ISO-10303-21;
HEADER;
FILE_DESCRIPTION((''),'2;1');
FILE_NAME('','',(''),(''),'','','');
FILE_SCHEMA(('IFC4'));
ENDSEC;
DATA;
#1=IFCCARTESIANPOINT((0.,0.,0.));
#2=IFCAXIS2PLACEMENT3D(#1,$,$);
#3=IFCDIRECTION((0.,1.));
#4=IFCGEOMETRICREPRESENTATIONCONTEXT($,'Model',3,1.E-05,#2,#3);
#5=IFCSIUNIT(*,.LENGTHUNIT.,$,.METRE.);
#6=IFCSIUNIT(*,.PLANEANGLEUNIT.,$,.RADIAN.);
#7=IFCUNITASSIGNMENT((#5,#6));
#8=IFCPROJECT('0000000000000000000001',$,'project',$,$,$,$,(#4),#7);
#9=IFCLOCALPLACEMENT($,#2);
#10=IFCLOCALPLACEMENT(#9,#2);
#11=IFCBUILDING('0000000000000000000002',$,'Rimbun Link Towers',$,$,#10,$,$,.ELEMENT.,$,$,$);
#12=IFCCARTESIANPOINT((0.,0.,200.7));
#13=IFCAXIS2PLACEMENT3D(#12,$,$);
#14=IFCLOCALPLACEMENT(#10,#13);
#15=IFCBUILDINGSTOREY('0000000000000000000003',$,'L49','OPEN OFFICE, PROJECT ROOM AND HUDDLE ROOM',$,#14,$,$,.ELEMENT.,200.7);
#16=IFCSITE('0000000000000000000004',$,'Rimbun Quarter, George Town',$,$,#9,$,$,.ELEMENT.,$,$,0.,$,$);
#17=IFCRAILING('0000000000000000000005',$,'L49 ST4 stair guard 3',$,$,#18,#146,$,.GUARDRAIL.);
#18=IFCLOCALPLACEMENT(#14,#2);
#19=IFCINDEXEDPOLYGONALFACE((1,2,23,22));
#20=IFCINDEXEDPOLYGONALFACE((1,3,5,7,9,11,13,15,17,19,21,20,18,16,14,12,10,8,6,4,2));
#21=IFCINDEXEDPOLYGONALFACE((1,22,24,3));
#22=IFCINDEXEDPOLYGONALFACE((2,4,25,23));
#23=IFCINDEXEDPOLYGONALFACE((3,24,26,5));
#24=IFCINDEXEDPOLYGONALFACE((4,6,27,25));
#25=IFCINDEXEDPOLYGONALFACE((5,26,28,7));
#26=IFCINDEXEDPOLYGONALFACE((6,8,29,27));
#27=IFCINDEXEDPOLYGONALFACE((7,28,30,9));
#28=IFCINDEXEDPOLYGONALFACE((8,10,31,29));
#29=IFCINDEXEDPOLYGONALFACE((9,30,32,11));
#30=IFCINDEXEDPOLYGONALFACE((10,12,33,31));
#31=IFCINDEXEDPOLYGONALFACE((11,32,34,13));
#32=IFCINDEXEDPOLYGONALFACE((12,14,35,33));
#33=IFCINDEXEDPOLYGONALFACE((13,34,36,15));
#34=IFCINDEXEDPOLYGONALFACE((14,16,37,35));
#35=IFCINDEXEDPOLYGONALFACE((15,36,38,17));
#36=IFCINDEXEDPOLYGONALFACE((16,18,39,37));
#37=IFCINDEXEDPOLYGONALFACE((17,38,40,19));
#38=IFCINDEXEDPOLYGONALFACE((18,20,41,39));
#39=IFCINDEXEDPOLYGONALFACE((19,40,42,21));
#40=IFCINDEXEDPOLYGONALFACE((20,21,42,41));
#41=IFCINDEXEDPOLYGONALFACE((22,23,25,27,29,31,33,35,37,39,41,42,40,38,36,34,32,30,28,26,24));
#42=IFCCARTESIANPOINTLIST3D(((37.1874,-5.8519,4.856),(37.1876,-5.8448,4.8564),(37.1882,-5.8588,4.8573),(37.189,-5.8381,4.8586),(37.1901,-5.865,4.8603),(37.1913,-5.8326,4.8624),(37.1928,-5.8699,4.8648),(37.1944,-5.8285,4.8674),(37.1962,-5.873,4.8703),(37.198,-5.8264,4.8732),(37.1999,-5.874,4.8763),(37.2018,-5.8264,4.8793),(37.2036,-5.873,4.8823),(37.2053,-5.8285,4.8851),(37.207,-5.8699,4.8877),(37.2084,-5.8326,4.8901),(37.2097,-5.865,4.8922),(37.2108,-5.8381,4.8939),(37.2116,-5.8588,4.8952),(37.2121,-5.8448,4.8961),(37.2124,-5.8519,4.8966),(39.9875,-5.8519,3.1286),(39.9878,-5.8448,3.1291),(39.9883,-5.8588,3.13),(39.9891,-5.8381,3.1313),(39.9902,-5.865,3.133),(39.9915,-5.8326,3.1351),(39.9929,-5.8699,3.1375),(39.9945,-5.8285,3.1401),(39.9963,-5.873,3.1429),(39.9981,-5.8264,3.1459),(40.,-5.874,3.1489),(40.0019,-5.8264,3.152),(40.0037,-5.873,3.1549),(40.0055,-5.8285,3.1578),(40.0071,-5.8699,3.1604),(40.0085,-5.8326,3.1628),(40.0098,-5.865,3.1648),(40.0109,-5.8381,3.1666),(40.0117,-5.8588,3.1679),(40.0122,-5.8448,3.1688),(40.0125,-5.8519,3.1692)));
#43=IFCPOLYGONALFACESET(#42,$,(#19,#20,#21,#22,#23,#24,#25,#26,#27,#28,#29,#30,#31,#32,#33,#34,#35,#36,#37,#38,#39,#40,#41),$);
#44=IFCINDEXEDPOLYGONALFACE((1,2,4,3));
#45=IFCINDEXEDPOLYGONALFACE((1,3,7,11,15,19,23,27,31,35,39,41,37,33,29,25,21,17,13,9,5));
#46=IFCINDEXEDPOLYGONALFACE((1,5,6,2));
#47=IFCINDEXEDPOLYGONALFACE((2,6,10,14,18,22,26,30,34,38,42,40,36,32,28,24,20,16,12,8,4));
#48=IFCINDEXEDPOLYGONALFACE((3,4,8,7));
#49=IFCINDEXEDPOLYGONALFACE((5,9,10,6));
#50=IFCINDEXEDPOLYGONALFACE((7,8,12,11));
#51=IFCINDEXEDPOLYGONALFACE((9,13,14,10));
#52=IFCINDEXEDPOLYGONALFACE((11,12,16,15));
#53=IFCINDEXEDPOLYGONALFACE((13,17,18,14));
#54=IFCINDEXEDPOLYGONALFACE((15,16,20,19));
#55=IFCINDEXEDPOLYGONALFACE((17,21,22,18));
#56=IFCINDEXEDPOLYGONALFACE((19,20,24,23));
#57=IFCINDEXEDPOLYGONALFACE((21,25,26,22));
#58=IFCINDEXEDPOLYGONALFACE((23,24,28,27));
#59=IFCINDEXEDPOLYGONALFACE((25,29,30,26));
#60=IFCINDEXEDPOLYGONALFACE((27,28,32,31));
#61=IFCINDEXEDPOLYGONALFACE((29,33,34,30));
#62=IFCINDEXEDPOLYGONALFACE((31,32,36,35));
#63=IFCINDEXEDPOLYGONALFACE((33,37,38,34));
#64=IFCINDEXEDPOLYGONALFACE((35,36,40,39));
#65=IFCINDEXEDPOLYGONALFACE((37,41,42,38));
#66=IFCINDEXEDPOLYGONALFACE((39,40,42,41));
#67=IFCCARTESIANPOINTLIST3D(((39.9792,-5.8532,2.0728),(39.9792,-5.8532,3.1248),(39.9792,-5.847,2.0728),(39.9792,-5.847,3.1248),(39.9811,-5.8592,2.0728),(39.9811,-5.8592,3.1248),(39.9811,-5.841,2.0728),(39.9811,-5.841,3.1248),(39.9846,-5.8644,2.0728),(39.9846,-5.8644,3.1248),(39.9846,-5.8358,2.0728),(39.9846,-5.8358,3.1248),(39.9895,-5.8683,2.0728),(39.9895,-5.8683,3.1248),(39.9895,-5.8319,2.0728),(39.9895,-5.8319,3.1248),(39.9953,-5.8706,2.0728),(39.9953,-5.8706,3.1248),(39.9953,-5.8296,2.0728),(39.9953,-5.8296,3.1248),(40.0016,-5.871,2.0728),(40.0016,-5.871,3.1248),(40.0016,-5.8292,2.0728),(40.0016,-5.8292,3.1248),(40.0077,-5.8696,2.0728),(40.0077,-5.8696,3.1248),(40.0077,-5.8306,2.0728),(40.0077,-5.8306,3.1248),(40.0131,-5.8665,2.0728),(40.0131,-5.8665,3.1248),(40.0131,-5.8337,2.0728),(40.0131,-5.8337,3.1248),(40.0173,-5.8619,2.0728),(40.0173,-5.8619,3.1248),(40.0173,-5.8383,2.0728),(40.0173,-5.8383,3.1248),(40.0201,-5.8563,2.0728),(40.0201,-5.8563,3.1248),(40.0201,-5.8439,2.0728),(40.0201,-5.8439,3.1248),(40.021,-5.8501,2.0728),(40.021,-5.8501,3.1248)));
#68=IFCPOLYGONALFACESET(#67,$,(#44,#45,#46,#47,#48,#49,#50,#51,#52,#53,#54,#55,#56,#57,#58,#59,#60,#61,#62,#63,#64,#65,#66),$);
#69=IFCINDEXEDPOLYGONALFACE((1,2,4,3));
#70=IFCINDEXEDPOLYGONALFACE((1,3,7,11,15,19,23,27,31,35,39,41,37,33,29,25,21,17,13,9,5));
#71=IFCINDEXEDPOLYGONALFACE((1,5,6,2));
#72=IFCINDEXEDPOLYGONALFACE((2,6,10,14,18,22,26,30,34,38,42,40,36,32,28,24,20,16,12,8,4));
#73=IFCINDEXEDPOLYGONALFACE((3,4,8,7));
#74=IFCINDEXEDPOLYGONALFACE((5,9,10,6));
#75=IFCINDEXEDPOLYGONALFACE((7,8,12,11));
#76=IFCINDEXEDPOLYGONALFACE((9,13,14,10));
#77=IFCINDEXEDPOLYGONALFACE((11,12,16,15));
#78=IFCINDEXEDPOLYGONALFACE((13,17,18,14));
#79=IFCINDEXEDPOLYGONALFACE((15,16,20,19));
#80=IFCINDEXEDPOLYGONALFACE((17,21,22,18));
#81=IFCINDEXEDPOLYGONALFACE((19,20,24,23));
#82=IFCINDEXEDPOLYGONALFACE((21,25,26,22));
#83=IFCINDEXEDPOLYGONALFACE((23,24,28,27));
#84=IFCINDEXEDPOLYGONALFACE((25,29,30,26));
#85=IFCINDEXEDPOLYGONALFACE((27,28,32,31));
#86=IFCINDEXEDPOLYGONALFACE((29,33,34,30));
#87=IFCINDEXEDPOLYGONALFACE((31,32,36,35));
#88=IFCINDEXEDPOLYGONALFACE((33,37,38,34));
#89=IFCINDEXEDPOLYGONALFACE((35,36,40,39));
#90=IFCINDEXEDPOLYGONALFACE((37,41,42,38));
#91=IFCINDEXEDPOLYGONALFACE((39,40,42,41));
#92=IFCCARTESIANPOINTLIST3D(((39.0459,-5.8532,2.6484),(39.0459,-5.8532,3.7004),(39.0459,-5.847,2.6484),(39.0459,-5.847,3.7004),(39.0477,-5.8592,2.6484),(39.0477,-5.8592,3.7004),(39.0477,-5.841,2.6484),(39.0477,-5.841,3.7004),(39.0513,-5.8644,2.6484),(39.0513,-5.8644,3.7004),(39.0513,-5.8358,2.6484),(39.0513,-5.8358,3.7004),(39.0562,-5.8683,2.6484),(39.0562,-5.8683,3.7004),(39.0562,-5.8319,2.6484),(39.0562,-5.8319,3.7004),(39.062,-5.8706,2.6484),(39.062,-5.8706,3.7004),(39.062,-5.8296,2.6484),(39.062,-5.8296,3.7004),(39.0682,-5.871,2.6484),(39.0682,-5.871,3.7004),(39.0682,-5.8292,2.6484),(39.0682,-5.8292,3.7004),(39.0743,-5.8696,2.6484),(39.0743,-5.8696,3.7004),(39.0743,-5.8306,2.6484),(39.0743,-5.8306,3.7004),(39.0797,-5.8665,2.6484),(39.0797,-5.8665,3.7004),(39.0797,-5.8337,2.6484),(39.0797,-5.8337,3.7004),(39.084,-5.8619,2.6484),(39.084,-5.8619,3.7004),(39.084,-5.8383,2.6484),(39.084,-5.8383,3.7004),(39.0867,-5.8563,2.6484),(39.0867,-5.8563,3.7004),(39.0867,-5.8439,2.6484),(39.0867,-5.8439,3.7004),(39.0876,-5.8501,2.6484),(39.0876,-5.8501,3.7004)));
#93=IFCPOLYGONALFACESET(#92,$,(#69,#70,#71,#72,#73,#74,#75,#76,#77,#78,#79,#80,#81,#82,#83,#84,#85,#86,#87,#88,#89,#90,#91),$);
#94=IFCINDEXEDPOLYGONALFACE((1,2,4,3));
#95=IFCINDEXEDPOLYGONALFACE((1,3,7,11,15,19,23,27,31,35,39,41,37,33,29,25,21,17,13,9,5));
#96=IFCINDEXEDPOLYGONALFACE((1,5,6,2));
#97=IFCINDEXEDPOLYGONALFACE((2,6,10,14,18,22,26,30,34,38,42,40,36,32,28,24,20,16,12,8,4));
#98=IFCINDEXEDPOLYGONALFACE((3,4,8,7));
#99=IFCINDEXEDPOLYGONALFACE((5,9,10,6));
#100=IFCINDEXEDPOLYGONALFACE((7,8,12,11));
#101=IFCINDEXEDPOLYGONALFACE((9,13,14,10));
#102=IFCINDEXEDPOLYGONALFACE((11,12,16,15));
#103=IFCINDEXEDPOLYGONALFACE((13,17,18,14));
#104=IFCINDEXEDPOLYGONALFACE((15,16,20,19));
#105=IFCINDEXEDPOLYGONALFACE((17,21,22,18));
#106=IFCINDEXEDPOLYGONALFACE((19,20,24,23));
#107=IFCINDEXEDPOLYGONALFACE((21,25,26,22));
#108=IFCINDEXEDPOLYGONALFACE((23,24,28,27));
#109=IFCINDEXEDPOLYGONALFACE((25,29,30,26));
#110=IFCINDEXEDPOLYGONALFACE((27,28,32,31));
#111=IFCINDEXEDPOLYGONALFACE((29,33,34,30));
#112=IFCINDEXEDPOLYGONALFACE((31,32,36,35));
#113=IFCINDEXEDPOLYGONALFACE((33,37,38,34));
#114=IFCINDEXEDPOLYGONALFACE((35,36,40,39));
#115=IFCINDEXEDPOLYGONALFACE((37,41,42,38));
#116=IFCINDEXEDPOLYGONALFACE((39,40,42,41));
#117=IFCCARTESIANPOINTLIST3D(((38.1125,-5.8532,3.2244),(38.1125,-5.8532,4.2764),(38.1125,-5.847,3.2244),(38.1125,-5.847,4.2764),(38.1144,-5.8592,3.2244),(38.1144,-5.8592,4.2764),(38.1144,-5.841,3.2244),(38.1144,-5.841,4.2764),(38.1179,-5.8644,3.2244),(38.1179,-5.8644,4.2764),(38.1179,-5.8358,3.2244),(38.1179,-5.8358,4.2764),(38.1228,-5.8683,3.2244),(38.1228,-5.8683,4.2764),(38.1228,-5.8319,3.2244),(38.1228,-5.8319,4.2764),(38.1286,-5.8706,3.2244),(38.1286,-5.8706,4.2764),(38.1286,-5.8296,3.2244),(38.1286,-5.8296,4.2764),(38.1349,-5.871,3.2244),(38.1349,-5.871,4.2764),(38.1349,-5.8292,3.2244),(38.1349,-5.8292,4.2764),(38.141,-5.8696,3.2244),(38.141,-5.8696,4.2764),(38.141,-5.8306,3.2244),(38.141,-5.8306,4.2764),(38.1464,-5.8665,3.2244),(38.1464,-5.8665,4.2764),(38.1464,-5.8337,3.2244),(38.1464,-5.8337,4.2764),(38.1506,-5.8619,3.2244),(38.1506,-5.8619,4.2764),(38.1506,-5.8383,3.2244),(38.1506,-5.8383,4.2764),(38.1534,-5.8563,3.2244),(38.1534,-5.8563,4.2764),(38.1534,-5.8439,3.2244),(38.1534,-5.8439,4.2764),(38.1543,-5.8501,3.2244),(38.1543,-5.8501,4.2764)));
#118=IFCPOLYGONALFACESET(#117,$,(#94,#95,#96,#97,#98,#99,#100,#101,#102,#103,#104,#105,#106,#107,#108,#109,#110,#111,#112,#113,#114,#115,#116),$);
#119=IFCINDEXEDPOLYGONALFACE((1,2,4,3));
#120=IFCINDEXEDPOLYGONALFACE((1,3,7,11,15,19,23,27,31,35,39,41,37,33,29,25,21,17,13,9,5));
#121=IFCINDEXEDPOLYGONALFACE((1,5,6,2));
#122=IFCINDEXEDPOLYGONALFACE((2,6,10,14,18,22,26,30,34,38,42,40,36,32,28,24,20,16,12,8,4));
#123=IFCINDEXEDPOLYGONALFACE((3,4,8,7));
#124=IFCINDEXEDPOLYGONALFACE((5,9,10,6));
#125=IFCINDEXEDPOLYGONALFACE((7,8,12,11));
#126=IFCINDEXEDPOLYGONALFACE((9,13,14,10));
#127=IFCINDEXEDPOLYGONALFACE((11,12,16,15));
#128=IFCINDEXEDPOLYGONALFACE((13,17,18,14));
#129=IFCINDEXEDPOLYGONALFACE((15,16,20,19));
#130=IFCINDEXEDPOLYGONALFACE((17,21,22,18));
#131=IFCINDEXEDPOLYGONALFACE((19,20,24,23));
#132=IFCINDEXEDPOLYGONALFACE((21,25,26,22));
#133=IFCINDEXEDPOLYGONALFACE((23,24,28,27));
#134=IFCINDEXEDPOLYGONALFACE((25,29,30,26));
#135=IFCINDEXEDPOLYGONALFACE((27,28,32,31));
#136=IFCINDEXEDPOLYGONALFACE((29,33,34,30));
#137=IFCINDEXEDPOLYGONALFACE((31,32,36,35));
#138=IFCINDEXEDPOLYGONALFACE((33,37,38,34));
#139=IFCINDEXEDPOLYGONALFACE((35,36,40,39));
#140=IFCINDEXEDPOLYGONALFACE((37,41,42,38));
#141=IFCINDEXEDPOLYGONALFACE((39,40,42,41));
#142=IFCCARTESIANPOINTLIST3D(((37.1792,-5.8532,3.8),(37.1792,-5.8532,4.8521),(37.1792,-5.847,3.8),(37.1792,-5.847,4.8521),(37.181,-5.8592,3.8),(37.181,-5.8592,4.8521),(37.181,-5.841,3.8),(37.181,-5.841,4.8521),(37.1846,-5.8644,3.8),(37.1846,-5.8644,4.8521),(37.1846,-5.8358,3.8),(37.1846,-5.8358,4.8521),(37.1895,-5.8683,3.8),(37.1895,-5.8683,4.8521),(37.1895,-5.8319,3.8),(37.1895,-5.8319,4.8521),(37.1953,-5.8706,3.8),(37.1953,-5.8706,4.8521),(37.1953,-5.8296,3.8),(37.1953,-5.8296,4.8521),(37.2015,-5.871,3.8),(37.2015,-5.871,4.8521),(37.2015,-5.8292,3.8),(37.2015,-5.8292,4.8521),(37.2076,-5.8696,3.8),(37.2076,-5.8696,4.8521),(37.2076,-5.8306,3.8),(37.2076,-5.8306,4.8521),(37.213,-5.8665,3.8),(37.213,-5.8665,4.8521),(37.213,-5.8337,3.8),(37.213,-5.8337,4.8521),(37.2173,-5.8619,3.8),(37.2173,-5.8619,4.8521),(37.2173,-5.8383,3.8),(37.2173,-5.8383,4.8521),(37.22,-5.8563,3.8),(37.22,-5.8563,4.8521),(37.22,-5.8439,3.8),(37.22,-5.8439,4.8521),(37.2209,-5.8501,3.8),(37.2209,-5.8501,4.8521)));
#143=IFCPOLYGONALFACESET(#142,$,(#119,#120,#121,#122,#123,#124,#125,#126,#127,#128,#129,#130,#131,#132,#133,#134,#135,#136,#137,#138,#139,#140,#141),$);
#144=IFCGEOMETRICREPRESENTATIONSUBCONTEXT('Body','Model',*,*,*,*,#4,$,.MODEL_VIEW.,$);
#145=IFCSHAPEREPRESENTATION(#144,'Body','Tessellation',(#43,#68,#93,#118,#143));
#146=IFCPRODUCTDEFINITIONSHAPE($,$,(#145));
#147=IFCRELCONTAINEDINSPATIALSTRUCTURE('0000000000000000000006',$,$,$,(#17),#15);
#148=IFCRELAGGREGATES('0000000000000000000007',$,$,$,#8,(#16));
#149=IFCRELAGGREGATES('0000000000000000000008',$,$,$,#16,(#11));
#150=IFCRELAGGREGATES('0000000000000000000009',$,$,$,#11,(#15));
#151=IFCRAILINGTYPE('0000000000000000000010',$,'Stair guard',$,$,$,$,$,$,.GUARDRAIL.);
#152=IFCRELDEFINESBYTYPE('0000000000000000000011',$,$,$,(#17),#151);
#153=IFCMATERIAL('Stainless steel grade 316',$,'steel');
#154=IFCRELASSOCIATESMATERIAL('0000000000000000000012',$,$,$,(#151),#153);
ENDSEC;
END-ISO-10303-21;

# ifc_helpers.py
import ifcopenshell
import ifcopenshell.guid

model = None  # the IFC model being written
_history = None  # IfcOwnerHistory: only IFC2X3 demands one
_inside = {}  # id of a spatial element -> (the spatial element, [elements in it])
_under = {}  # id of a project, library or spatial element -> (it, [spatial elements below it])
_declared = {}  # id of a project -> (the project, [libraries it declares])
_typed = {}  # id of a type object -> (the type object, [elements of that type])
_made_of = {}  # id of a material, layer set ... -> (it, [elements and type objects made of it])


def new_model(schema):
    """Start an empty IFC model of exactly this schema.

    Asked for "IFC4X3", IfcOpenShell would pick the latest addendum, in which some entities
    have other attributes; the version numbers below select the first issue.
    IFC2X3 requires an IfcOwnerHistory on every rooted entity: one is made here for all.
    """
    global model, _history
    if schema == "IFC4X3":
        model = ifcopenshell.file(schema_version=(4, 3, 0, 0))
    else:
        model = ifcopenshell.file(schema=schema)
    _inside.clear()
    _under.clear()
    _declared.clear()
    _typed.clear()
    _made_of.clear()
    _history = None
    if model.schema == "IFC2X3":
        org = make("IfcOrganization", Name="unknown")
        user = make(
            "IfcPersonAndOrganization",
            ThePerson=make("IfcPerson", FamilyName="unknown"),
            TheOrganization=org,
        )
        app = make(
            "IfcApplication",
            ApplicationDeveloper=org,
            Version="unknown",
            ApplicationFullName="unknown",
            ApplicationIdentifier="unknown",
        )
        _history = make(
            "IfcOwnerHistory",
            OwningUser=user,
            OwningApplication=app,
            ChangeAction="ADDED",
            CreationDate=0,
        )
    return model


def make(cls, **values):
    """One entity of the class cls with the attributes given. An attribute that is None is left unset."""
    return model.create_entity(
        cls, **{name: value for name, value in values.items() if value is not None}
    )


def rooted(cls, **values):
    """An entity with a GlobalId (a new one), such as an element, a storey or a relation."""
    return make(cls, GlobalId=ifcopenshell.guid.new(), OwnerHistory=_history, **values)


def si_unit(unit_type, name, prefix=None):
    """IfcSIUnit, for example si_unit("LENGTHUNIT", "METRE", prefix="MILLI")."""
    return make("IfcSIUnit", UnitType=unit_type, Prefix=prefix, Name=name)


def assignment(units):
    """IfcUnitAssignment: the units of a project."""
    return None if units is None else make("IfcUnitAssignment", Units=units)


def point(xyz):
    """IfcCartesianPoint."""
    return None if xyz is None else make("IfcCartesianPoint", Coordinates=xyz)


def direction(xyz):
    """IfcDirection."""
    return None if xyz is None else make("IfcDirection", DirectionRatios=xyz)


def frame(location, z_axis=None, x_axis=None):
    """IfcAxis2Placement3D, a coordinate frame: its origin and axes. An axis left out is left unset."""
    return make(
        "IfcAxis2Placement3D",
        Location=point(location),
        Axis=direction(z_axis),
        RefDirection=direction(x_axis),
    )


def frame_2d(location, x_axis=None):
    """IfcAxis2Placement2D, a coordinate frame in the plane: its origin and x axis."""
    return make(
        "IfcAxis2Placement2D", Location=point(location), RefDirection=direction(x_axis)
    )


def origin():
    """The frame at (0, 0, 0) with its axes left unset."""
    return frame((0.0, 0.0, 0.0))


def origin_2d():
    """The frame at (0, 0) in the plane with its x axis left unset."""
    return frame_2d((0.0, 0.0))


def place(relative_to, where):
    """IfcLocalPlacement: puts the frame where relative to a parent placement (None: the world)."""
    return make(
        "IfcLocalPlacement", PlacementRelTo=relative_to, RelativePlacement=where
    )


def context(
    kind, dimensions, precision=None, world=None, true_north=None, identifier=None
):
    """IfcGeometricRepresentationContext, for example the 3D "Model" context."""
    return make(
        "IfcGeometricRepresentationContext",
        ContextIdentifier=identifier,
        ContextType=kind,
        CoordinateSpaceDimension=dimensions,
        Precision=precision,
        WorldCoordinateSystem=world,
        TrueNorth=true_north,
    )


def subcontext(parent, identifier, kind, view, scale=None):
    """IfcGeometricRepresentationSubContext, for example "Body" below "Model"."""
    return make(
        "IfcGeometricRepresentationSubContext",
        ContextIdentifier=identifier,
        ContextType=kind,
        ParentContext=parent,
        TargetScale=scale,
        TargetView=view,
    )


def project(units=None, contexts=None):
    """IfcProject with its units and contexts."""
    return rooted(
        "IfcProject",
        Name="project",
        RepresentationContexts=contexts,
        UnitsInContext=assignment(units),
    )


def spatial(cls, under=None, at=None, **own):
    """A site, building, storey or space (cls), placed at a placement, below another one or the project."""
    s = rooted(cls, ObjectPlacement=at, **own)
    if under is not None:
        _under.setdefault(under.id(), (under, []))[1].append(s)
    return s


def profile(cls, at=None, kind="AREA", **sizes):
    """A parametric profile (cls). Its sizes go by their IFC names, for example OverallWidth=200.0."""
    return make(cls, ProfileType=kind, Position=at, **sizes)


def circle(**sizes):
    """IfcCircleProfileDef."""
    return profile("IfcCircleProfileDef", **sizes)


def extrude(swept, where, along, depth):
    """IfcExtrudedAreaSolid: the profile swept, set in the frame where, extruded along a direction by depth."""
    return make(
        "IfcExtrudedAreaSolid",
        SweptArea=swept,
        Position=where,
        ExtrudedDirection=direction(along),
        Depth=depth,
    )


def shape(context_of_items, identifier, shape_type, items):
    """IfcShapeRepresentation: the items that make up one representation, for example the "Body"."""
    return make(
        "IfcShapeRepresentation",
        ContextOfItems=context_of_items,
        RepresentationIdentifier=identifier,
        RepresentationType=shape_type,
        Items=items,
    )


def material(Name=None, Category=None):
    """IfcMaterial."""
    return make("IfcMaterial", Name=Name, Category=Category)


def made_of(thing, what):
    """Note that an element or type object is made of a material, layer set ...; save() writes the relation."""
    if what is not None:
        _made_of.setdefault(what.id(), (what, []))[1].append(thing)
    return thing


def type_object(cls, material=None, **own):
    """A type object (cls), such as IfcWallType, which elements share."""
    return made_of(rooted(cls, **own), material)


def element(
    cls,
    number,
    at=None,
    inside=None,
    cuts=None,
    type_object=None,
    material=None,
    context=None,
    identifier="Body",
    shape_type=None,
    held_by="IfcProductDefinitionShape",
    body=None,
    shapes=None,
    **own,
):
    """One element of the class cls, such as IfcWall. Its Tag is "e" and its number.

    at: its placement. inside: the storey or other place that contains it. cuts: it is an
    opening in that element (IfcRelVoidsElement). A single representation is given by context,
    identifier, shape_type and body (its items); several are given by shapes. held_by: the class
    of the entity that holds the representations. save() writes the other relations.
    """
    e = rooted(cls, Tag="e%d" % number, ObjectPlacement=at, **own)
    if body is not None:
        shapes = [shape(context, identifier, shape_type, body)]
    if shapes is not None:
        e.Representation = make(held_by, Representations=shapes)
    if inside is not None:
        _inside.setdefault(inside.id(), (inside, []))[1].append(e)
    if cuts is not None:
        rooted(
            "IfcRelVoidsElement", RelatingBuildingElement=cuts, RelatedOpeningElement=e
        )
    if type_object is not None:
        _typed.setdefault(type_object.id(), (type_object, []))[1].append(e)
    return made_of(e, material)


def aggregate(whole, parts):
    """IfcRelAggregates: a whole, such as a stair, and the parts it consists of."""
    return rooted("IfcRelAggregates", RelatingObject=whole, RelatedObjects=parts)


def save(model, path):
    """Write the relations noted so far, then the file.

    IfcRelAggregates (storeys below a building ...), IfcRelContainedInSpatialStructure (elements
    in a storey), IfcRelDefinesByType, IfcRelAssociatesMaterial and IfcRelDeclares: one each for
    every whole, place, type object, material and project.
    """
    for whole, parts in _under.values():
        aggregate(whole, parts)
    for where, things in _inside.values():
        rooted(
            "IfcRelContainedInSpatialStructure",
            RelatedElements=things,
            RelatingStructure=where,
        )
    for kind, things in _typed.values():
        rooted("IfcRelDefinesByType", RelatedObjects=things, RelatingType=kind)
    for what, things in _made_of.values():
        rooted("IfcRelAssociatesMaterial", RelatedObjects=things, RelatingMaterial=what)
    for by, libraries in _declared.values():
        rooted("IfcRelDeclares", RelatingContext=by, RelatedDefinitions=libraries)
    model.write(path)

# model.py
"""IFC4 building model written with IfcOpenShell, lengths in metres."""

from ifc_helpers import new_model, si_unit, direction, frame, origin, origin_2d, place, context, subcontext, project, spatial, circle, extrude, material, type_object, element, save


model = new_model("IFC4")

# Units and contexts
model_context = context("Model", 3, precision=1e-05, world=origin(), true_north=direction((0.0, 1.0)))
body_context = subcontext(model_context, "Body", "Model", "MODEL_VIEW")
ifc_project = project(units=[si_unit("LENGTHUNIT", "METRE"), si_unit("PLANEANGLEUNIT", "RADIAN")], contexts=[model_context])

# Site, building, storey
site_placement = place(None, origin())
site = spatial("IfcSite", under=ifc_project, at=site_placement, Name="Rimbun Quarter, George Town", CompositionType="ELEMENT", RefElevation=0.0)
building_placement = place(site_placement, origin())
building = spatial("IfcBuilding", under=site, at=building_placement, Name="Rimbun Link Towers", CompositionType="ELEMENT")
storey_placement = place(building_placement, frame((0.0, 0.0, 200.7)))
storey = spatial("IfcBuildingStorey", under=building, at=storey_placement, Name="L49", Description="OPEN OFFICE, PROJECT ROOM AND HUDDLE ROOM", CompositionType="ELEMENT", Elevation=200.7)

# Railing
ifc_material_1 = material(Name="Stainless steel grade 316", Category="steel")
railing_type_1 = type_object("IfcRailingType", Name="Stair guard", PredefinedType="GUARDRAIL", material=ifc_material_1)
railing_1_placement = place(storey_placement, frame((40.0, -5.8501, 2.0728)))
element("IfcRailing", 1, at=railing_1_placement, inside=storey, type_object=railing_type_1, Name="L49 ST4 stair guard 3", PredefinedType="GUARDRAIL", context=body_context, shape_type="SweptSolid", body=[
    extrude(circle(Radius=0.0239, at=origin_2d()), frame((0.0, 0.0, 1.0762), z_axis=(-0.85109, 0.0, 0.52502), x_axis=(0.0, -1.0, 0.0)), (0.0, 0.0, 1.0), 3.29),
    extrude(circle(Radius=0.021, at=origin_2d()), origin(), (0.0, 0.0, 1.0), 1.052),
    extrude(circle(Radius=0.021, at=origin_2d()), frame((-0.9333, 0.0, 0.5757)), (0.0, 0.0, 1.0), 1.052),
    extrude(circle(Radius=0.021, at=origin_2d()), frame((-1.8667, 0.0, 1.1516)), (0.0, 0.0, 1.0), 1.052),
    extrude(circle(Radius=0.021, at=origin_2d()), frame((-2.8, 0.0, 1.7273)), (0.0, 0.0, 1.0), 1.052),
])

save(model, "model.ifc")
